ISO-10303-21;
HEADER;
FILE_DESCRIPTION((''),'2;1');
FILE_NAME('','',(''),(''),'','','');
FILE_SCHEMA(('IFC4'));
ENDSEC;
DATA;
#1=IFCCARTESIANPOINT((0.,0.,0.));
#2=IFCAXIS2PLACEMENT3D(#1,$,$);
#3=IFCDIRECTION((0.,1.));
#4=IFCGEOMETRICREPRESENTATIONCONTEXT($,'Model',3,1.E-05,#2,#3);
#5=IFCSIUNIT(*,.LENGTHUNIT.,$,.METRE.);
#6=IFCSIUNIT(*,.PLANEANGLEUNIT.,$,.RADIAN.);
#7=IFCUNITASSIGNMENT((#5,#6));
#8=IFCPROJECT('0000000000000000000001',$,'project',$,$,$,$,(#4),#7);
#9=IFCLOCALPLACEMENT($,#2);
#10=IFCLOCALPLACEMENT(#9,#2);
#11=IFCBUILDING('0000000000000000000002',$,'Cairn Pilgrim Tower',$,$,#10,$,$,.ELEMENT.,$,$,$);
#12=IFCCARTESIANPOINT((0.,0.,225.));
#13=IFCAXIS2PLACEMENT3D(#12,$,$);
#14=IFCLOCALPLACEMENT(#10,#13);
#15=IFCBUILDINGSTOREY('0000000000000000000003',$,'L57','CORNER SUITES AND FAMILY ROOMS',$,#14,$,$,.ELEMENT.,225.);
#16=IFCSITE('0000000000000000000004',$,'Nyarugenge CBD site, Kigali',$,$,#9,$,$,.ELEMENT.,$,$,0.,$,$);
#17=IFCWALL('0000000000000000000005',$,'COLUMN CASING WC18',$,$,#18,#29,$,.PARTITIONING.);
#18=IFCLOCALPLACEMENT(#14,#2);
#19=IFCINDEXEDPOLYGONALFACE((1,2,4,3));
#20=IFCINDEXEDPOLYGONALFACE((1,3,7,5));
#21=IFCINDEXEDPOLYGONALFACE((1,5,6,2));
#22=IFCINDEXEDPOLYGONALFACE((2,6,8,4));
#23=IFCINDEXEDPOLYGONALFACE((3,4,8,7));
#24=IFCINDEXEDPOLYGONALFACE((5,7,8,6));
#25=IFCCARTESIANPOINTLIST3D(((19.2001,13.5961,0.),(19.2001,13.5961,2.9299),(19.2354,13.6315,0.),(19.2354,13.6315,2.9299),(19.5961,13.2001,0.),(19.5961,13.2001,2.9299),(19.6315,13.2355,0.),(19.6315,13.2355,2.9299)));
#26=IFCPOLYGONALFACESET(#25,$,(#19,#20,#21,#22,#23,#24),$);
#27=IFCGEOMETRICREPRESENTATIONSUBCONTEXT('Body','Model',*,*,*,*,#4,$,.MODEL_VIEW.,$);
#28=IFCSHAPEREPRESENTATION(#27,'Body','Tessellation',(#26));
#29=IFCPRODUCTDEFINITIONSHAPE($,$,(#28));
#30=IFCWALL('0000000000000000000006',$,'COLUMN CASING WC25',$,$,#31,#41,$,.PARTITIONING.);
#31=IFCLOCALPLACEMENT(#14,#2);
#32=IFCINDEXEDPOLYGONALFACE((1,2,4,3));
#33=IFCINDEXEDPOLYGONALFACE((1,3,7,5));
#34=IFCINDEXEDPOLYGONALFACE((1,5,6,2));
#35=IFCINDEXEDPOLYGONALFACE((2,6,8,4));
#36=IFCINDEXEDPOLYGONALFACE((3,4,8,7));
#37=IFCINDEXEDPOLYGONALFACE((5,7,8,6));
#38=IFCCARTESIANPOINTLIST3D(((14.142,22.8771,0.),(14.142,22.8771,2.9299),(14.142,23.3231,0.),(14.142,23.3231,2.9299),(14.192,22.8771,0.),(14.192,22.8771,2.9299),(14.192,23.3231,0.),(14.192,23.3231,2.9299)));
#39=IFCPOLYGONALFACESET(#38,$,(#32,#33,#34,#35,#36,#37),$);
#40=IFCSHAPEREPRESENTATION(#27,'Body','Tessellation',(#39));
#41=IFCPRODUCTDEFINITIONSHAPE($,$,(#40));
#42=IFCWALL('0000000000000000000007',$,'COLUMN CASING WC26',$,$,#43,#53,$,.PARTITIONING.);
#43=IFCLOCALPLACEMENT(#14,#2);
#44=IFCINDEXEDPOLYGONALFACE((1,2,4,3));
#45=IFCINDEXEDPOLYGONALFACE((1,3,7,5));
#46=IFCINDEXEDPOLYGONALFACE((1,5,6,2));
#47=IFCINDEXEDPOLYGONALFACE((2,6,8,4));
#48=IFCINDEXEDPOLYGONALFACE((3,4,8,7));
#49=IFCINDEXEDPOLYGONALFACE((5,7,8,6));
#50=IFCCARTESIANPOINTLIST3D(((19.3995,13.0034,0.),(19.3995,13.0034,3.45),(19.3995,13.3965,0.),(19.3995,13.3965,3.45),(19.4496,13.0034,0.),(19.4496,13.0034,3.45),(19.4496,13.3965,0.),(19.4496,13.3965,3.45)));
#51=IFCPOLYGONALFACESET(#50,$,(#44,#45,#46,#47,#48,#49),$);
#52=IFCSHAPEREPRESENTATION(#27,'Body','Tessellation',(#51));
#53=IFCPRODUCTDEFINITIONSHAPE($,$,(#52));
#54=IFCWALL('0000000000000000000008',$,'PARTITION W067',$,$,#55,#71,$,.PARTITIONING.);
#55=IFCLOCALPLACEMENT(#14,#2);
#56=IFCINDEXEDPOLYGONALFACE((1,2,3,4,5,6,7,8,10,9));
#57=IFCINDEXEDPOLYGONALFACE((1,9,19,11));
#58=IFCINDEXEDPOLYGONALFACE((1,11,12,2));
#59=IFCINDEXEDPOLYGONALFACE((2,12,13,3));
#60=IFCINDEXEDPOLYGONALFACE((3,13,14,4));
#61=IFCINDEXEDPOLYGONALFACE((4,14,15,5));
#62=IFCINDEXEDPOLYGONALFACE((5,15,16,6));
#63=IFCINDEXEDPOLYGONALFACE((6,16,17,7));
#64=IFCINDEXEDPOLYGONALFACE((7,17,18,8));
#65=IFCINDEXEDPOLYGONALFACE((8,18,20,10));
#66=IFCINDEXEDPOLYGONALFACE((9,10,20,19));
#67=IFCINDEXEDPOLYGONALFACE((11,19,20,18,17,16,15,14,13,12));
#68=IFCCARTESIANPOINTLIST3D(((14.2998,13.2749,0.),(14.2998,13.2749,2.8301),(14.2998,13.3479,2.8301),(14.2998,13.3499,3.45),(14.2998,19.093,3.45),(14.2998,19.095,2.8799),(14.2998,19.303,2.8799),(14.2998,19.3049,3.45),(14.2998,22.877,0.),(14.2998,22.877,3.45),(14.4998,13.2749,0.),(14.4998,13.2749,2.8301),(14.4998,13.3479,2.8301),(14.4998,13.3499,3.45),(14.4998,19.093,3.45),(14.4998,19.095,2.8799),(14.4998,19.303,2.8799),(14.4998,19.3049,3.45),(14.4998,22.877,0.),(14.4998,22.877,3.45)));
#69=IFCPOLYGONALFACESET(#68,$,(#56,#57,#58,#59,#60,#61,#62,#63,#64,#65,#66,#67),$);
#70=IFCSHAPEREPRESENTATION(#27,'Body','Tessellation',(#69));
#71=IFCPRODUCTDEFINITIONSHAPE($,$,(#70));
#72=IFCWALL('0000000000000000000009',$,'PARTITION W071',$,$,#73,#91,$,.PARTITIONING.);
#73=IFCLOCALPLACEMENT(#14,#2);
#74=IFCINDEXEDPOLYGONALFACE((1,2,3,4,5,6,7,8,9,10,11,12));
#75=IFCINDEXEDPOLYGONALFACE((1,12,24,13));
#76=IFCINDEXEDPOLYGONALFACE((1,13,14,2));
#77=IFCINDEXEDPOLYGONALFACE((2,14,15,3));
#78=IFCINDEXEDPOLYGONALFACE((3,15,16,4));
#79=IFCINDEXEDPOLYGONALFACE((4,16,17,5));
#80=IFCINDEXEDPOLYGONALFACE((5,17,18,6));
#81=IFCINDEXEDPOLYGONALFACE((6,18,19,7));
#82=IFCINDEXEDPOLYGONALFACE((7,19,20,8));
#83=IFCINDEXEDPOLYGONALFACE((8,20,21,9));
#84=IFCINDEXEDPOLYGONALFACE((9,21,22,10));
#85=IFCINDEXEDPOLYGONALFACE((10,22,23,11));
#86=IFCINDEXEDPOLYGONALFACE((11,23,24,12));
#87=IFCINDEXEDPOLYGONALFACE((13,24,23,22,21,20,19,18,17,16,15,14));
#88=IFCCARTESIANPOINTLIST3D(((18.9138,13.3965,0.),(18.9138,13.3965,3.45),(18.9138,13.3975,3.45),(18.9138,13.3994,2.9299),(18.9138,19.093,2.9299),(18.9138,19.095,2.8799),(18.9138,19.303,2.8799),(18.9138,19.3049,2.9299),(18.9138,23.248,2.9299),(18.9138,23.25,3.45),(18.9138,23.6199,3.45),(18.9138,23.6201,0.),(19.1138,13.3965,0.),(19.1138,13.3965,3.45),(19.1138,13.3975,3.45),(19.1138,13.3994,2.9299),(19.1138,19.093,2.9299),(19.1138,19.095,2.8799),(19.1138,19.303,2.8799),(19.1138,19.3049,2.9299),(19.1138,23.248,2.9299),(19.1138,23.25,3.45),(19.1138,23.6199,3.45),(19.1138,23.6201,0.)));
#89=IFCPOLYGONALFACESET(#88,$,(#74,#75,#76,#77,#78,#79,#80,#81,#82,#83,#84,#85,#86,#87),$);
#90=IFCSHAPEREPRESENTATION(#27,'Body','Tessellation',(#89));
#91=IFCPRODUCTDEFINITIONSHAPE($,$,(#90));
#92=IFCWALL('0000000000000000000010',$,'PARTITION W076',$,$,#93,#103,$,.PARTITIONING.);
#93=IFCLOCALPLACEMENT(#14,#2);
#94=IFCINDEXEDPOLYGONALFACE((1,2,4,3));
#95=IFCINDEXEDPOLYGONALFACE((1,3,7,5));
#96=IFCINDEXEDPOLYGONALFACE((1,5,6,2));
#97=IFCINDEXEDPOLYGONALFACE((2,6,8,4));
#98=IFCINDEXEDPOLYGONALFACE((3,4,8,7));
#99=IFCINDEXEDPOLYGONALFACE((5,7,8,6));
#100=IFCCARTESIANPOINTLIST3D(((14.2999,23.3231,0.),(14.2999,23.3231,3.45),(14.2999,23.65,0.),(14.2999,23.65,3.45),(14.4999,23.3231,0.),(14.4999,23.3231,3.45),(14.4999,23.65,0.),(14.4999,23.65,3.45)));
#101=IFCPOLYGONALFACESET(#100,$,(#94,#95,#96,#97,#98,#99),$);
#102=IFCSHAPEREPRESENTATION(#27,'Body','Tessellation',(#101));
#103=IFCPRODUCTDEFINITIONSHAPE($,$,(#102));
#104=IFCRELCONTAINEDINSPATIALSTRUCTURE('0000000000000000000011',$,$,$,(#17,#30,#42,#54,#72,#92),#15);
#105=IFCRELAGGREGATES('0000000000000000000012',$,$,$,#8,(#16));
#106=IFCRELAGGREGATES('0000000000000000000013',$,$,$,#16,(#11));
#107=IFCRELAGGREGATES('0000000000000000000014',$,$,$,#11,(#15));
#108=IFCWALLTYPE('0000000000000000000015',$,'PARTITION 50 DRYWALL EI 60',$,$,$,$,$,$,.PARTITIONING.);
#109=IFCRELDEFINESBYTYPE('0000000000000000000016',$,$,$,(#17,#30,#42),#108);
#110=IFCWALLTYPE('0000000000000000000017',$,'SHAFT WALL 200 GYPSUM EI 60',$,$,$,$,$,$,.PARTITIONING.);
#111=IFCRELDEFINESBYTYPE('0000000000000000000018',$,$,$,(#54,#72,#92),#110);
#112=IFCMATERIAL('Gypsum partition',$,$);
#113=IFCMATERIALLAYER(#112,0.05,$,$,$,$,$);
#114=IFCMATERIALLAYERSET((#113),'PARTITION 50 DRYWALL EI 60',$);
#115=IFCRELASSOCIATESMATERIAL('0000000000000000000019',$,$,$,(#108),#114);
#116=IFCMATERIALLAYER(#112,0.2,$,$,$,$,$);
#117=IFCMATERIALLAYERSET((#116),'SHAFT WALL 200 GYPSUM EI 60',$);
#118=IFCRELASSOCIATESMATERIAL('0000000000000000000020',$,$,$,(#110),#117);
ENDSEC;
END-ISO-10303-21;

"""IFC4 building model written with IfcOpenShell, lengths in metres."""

from ifc_helpers import new_model, si_unit, direction, frame, frame_2d, origin, place, context, subcontext, project, spatial, polyline, rectangle, outline, extrude, material, layer, layer_set, type_object, element, save


model = new_model("IFC4")

# Units and contexts
model_context = context("Model", 3, precision=1e-05, world=origin(), true_north=direction((0.0, 1.0)))
body_context = subcontext(model_context, "Body", "Model", "MODEL_VIEW")
ifc_project = project(units=[si_unit("LENGTHUNIT", "METRE"), si_unit("PLANEANGLEUNIT", "RADIAN")], contexts=[model_context])

# Site, building, storey
site_placement = place(None, origin())
site = spatial("IfcSite", under=ifc_project, at=site_placement, Name="Nyarugenge CBD site, Kigali", CompositionType="ELEMENT", RefElevation=0.0)
building_placement = place(site_placement, origin())
building = spatial("IfcBuilding", under=site, at=building_placement, Name="Cairn Pilgrim Tower", CompositionType="ELEMENT")
storey_placement = place(building_placement, frame((0.0, 0.0, 225.0)))
storey = spatial("IfcBuildingStorey", under=building, at=storey_placement, Name="L57", Description="CORNER SUITES AND FAMILY ROOMS", CompositionType="ELEMENT", Elevation=225.0)

# Shared definitions
ifc_material_1 = material(Name="Gypsum partition")

# Walls
ifc_layer_1 = layer(ifc_material_1, 0.05)
ifc_layer_set_1 = layer_set([ifc_layer_1], Name="PARTITION 50 DRYWALL EI 60")
wall_type_1 = type_object("IfcWallType", Name="PARTITION 50 DRYWALL EI 60", PredefinedType="PARTITIONING", material=ifc_layer_set_1)
wall_1_placement = place(storey_placement, frame((19.6138, 13.2178, 0.0), z_axis=(0.0, 0.0, 1.0), x_axis=(-0.707107, 0.707107, 0.0)))
element("IfcWall", 1, at=wall_1_placement, inside=storey, type_object=wall_type_1, Name="COLUMN CASING WC18", PredefinedType="PARTITIONING", context=body_context, shape_type="SweptSolid", body=[
    extrude(rectangle(XDim=0.5601, YDim=0.05, at=frame_2d((0.28, 0.0))), origin(), (0.0, 0.0, 1.0), 2.9299),
])
wall_2_placement = place(storey_placement, frame((14.167, 22.877, 0.0), z_axis=(0.0, 0.0, 1.0), x_axis=(0.0, 1.0, 0.0)))
element("IfcWall", 2, at=wall_2_placement, inside=storey, type_object=wall_type_1, Name="COLUMN CASING WC25", PredefinedType="PARTITIONING", context=body_context, shape_type="SweptSolid", body=[
    extrude(rectangle(XDim=0.446, YDim=0.05, at=frame_2d((0.2231, 0.0))), origin(), (0.0, 0.0, 1.0), 2.9299),
])
wall_3_placement = place(storey_placement, frame((19.4246, 13.0034, 0.0), z_axis=(0.0, 0.0, 1.0), x_axis=(0.0, 1.0, 0.0)))
element("IfcWall", 3, at=wall_3_placement, inside=storey, type_object=wall_type_1, Name="COLUMN CASING WC26", PredefinedType="PARTITIONING", context=body_context, shape_type="SweptSolid", body=[
    extrude(rectangle(XDim=0.3931, YDim=0.05, at=frame_2d((0.1965, 0.0))), origin(), (0.0, 0.0, 1.0), 3.45),
])
ifc_layer_2 = layer(ifc_material_1, 0.2)
ifc_layer_set_2 = layer_set([ifc_layer_2], Name="SHAFT WALL 200 GYPSUM EI 60")
wall_type_2 = type_object("IfcWallType", Name="SHAFT WALL 200 GYPSUM EI 60", PredefinedType="PARTITIONING", material=ifc_layer_set_2)
wall_4_placement = place(storey_placement, frame((14.3999, 13.2749, 0.0), z_axis=(0.0, 0.0, 1.0), x_axis=(0.0, 1.0, 0.0)))
element("IfcWall", 4, at=wall_4_placement, inside=storey, type_object=wall_type_2, Name="PARTITION W067", PredefinedType="PARTITIONING", context=body_context, shape_type="SweptSolid", body=[
    extrude(outline(polyline([(0.0, 0.0), (9.6021, 0.0), (9.6021, 3.45), (6.03, 3.45), (6.0281, 2.8799), (5.8201, 2.8799), (5.8181, 3.45), (0.075, 3.45), (0.073, 2.8301), (0.0, 2.8301), (0.0, 0.0)])), frame((0.0, 0.1001, 0.0), z_axis=(0.0, -1.0, 0.0), x_axis=(1.0, 0.0, 0.0)), (0.0, 0.0, 1.0), 0.2),
])
wall_5_placement = place(storey_placement, frame((19.0139, 13.3965, 0.0), z_axis=(0.0, 0.0, 1.0), x_axis=(0.0, 1.0, 0.0)))
element("IfcWall", 5, at=wall_5_placement, inside=storey, type_object=wall_type_2, Name="PARTITION W071", PredefinedType="PARTITIONING", context=body_context, shape_type="SweptSolid", body=[
    extrude(outline(polyline([(0.0, 0.0), (10.2236, 0.0), (10.2234, 3.45), (9.8535, 3.45), (9.8516, 2.9299), (5.9084, 2.9299), (5.9065, 2.8799), (5.6985, 2.8799), (5.6965, 2.9299), (0.0029, 2.9299), (0.001, 3.45), (0.0, 3.45), (0.0, 0.0)])), frame((0.0, 0.1001, 0.0), z_axis=(0.0, -1.0, 0.0), x_axis=(1.0, 0.0, 0.0)), (0.0, 0.0, 1.0), 0.2),
])
wall_6_placement = place(storey_placement, frame((14.3999, 23.323, 0.0), z_axis=(0.0, 0.0, 1.0), x_axis=(0.0, 1.0, 0.0)))
element("IfcWall", 6, at=wall_6_placement, inside=storey, type_object=wall_type_2, Name="PARTITION W076", PredefinedType="PARTITIONING", context=body_context, shape_type="SweptSolid", body=[
    extrude(rectangle(XDim=0.3269, YDim=0.2, at=frame_2d((0.1636, 0.0))), origin(), (0.0, 0.0, 1.0), 3.45),
])

save(model, "model.ifc")
